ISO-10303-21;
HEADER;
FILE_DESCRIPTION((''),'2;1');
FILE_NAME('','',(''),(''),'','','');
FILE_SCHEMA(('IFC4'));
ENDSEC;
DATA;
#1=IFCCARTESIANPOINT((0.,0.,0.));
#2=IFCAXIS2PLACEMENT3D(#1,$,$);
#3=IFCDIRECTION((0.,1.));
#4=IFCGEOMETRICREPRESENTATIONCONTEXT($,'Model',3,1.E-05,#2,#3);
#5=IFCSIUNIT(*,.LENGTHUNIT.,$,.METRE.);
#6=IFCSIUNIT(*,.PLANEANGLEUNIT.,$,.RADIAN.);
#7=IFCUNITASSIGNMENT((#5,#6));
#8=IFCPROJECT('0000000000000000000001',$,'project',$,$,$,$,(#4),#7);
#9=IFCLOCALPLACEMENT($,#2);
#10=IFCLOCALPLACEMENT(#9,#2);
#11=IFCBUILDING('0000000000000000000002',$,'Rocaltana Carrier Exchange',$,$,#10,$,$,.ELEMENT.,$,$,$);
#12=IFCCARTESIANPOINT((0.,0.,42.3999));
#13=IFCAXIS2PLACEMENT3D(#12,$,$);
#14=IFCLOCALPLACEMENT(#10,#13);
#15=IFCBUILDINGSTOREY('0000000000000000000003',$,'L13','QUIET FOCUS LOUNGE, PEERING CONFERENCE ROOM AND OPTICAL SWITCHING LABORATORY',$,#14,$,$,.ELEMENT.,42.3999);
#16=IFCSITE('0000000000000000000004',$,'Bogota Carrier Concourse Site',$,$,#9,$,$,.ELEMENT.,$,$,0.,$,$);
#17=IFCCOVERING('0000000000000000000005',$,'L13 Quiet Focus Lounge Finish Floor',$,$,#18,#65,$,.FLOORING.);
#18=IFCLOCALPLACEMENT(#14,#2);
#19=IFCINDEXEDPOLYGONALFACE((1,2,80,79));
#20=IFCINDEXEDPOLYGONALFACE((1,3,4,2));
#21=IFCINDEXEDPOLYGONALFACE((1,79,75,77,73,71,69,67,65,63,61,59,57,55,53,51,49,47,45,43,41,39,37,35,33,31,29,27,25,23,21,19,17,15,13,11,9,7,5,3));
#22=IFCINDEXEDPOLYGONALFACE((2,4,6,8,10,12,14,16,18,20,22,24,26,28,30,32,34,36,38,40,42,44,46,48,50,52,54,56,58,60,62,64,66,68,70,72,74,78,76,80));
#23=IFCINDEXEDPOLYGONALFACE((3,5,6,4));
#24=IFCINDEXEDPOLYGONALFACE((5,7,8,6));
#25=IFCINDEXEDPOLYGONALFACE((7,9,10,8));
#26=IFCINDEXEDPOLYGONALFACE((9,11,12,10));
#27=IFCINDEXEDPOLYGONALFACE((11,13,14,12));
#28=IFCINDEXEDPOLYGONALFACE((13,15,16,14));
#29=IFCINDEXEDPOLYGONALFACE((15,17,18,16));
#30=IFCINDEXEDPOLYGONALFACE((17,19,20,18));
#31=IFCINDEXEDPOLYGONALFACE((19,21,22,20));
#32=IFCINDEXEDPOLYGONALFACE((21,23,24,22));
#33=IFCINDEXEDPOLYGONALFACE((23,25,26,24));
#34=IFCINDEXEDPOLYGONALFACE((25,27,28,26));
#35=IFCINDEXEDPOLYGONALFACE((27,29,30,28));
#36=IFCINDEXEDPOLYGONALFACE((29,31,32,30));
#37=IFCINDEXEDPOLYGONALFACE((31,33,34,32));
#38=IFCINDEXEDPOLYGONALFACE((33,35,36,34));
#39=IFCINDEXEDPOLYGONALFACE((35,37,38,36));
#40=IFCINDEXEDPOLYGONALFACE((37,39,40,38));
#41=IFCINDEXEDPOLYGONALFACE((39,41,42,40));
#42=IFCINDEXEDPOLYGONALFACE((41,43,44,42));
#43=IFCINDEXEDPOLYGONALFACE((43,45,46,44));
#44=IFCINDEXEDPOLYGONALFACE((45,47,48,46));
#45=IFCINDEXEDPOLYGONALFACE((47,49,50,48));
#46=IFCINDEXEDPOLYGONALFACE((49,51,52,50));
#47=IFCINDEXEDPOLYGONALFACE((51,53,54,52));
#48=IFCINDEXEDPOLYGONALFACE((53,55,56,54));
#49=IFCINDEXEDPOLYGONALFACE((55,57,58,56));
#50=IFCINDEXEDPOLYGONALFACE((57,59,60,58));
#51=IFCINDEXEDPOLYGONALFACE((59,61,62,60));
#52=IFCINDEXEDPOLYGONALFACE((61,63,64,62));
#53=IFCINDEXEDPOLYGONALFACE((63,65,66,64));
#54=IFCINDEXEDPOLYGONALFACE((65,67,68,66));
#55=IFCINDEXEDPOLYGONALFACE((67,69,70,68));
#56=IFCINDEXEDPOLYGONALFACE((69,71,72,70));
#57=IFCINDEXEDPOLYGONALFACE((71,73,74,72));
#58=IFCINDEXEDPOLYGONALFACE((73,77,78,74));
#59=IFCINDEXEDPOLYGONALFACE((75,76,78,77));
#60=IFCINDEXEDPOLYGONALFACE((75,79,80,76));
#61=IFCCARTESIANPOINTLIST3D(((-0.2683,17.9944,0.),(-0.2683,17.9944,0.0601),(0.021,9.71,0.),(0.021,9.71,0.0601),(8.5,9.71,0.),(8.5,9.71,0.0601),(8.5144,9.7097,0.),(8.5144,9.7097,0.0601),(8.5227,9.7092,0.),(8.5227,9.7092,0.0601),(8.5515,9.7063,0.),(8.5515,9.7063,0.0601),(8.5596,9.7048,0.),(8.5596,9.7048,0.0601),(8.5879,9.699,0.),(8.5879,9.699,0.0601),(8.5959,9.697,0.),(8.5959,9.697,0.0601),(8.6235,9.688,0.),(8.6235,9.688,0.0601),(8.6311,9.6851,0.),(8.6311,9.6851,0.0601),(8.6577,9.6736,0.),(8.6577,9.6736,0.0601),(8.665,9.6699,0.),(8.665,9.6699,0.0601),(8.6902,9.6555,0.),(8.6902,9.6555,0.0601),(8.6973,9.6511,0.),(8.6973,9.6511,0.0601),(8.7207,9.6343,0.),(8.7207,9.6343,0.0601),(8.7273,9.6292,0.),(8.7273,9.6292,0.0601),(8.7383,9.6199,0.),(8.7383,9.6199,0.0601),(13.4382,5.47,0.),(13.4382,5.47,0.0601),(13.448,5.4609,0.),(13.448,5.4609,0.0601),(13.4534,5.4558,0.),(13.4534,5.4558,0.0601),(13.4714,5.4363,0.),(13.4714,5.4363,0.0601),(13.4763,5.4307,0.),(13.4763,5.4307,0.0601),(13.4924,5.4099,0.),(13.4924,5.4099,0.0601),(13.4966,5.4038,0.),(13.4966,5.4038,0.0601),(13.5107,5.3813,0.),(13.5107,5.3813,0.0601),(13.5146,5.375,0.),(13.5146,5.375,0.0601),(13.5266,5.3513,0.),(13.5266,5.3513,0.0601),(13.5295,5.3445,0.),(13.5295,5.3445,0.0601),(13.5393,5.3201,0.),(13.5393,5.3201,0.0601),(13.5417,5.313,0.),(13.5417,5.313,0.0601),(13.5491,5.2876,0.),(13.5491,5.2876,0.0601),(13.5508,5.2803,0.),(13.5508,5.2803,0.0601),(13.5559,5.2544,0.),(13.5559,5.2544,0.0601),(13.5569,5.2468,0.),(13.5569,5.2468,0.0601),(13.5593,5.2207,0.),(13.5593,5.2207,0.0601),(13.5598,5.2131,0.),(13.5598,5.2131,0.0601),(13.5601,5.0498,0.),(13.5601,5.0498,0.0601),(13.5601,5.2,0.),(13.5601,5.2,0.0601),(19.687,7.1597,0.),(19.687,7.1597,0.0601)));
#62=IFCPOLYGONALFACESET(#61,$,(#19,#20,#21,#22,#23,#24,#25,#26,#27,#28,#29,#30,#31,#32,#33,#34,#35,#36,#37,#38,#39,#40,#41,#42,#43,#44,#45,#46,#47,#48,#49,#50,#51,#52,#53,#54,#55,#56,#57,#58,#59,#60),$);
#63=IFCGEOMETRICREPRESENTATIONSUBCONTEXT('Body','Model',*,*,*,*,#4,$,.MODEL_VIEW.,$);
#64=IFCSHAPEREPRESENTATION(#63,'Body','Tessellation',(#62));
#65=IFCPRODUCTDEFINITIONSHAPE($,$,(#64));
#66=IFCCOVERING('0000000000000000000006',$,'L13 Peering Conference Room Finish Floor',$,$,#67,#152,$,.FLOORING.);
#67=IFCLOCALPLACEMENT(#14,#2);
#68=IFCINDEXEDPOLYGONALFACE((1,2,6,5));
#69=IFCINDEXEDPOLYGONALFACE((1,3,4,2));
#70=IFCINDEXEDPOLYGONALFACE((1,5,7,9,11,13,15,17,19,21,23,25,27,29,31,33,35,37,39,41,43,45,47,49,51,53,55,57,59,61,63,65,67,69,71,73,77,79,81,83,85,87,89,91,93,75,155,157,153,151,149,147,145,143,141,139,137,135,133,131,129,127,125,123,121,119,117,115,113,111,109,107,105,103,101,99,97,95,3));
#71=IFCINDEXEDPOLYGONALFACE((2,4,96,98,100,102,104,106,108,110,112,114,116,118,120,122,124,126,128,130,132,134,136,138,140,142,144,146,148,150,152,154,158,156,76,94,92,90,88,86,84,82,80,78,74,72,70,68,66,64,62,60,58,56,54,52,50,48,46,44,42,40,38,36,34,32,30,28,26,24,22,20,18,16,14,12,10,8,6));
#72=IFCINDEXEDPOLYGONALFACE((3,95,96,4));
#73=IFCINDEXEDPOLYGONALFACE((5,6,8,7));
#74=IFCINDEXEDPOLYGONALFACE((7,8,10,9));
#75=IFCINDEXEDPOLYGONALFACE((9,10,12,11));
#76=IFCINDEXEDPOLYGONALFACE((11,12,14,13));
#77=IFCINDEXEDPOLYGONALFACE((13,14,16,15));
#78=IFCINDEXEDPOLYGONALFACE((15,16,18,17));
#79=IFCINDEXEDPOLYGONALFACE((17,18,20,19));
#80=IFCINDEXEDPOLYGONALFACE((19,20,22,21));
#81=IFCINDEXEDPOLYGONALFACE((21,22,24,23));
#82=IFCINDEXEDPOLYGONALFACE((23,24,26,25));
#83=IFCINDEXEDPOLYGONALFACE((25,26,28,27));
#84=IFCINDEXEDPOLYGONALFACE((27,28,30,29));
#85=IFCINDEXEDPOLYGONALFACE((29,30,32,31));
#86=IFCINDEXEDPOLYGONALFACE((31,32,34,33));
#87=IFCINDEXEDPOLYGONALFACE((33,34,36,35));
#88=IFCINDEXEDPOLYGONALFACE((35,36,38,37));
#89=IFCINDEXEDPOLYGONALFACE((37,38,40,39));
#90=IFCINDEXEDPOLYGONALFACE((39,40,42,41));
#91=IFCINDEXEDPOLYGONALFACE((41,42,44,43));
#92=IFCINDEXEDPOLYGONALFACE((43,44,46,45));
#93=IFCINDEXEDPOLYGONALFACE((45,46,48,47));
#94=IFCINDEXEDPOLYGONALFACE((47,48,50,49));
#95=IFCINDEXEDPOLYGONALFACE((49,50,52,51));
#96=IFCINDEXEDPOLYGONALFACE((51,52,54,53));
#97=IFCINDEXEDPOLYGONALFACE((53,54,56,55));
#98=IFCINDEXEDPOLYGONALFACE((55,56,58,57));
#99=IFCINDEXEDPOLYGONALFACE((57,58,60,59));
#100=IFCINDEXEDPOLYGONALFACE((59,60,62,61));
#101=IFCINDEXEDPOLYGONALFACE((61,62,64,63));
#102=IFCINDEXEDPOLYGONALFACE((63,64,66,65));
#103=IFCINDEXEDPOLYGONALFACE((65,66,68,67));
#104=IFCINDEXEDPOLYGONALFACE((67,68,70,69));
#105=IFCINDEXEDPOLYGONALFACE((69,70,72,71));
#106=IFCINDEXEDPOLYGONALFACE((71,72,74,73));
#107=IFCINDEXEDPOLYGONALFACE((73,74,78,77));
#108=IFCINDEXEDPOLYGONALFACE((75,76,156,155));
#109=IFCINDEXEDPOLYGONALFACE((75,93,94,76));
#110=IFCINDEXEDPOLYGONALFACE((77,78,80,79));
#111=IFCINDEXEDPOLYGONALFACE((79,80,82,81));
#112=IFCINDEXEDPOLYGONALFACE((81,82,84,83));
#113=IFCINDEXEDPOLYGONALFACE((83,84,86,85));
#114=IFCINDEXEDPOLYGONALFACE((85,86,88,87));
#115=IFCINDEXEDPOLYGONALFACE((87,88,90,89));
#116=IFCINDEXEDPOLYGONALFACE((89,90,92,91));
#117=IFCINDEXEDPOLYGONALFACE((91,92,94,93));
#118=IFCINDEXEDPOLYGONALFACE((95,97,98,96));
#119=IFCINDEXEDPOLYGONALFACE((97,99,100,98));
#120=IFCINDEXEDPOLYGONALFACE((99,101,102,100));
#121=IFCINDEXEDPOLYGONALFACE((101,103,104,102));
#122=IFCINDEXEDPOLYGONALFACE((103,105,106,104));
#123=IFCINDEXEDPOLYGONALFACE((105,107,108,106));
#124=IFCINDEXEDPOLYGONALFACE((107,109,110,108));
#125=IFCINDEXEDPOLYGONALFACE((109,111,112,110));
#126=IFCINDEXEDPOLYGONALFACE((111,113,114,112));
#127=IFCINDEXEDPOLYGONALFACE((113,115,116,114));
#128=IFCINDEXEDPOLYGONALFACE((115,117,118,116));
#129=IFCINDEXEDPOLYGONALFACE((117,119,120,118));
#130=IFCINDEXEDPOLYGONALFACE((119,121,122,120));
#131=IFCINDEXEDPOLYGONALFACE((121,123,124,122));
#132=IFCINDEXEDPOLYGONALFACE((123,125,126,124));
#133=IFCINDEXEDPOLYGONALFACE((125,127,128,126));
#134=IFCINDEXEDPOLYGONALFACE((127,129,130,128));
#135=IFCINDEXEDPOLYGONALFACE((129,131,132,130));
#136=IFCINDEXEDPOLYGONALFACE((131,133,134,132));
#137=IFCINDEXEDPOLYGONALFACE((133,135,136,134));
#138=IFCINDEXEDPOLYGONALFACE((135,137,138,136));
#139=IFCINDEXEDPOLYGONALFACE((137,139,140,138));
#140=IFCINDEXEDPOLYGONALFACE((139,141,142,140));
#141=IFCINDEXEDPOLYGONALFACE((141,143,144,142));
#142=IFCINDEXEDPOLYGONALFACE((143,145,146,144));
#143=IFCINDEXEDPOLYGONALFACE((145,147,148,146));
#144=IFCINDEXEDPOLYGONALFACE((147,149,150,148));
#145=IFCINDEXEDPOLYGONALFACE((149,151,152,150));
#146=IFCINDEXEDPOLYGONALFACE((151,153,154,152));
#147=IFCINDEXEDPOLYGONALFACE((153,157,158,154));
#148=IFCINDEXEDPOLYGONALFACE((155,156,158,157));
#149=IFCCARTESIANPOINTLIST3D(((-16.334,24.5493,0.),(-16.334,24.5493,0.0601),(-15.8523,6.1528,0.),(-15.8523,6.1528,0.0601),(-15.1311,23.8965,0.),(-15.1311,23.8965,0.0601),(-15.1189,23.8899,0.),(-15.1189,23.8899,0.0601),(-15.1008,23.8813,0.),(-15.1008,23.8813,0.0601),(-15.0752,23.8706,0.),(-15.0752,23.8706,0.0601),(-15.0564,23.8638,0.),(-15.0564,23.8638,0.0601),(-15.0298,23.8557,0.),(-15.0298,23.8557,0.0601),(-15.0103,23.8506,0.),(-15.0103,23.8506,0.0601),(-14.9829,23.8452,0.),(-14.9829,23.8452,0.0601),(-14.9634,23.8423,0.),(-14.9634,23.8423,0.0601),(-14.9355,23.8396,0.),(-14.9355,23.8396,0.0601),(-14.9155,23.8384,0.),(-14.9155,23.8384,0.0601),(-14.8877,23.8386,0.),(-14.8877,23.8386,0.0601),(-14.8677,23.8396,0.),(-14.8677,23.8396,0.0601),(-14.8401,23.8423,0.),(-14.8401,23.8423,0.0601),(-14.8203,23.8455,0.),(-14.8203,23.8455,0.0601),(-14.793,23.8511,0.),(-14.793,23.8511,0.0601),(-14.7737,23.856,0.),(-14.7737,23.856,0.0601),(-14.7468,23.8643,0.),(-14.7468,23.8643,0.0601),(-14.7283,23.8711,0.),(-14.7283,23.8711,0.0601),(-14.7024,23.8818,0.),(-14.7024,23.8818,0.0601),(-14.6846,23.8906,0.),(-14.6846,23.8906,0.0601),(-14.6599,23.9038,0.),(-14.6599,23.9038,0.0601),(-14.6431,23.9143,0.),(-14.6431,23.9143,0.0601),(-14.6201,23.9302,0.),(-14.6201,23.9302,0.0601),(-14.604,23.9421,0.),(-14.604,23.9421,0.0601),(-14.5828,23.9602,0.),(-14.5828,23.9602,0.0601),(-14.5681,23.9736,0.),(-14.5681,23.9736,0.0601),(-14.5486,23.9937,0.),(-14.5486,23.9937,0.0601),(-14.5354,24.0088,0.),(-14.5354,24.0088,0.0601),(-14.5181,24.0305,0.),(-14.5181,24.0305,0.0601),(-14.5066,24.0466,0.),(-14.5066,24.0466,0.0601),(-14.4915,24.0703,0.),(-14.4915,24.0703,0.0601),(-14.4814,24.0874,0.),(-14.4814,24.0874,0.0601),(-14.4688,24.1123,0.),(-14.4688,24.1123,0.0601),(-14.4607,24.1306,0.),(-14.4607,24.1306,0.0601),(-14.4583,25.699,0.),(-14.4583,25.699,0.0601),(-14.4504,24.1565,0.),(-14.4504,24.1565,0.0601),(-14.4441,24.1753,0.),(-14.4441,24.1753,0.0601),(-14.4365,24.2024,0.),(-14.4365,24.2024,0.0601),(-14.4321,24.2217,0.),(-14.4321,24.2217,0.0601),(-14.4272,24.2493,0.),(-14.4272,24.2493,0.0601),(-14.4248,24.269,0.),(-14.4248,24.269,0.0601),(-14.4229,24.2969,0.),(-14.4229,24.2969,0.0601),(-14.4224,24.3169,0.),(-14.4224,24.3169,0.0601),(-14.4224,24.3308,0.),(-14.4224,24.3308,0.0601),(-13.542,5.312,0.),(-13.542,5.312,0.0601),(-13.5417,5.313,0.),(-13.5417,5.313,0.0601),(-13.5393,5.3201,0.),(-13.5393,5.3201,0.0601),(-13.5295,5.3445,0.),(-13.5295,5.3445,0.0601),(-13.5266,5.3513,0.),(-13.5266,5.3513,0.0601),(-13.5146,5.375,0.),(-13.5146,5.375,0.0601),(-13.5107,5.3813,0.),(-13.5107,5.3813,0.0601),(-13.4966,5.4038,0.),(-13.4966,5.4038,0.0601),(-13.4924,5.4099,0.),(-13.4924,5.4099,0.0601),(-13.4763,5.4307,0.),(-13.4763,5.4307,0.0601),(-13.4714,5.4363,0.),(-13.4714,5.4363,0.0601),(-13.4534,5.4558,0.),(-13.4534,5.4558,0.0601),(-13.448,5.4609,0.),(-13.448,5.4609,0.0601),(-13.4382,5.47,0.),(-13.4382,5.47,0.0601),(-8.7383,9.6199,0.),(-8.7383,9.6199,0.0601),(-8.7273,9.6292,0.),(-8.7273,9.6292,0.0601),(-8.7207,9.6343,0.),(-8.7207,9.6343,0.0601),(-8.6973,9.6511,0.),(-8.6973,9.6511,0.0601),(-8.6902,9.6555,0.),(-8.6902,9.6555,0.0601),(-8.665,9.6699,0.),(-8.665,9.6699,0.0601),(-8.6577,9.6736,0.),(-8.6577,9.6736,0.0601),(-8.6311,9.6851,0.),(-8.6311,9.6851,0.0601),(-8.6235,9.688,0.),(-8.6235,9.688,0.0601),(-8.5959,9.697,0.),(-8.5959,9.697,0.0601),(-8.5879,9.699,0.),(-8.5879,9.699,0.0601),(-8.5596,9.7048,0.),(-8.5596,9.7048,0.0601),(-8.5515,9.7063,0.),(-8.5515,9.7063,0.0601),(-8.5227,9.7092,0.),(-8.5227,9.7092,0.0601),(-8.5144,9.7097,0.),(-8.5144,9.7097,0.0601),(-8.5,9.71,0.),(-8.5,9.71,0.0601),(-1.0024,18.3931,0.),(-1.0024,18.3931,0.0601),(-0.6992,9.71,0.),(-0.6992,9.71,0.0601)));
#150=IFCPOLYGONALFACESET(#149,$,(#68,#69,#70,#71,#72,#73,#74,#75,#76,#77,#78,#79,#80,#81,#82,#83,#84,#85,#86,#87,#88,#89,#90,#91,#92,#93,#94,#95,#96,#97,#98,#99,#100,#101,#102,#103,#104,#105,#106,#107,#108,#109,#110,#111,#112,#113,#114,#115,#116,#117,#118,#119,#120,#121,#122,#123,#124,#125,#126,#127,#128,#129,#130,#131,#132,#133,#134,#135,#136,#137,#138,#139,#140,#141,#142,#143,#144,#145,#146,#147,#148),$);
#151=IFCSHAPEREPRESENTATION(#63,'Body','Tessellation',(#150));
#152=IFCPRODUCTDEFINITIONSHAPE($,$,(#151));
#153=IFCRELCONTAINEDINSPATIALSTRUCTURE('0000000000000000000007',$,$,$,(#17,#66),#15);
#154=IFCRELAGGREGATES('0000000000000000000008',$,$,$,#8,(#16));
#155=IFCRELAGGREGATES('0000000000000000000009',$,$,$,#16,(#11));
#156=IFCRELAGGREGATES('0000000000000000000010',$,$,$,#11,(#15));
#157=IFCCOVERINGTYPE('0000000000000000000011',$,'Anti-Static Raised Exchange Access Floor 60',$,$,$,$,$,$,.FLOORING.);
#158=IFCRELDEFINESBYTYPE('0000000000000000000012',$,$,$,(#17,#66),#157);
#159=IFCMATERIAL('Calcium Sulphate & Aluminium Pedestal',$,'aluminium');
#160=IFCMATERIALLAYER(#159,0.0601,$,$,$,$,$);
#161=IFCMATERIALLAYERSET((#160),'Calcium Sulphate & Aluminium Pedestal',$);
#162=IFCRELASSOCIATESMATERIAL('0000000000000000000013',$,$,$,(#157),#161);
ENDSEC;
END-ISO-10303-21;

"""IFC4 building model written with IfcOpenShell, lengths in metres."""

from ifc_helpers import new_model, si_unit, direction, frame, origin, place, context, subcontext, project, spatial, polyline, outline, extrude, material, layer, layer_set, type_object, element, save


model = new_model("IFC4")

# Units and contexts
model_context = context("Model", 3, precision=1e-05, world=origin(), true_north=direction((0.0, 1.0)))
body_context = subcontext(model_context, "Body", "Model", "MODEL_VIEW")
ifc_project = project(units=[si_unit("LENGTHUNIT", "METRE"), si_unit("PLANEANGLEUNIT", "RADIAN")], contexts=[model_context])

# Site, building, storey
site_placement = place(None, origin())
site = spatial("IfcSite", under=ifc_project, at=site_placement, Name="Bogota Carrier Concourse Site", CompositionType="ELEMENT", RefElevation=0.0)
building_placement = place(site_placement, origin())
building = spatial("IfcBuilding", under=site, at=building_placement, Name="Rocaltana Carrier Exchange", CompositionType="ELEMENT")
storey_placement = place(building_placement, frame((0.0, 0.0, 42.3999)))
storey = spatial("IfcBuildingStorey", under=building, at=storey_placement, Name="L13", Description="QUIET FOCUS LOUNGE, PEERING CONFERENCE ROOM AND OPTICAL SWITCHING LABORATORY", CompositionType="ELEMENT", Elevation=42.3999)

# Coverings
ifc_material_1 = material(Name="Calcium Sulphate & Aluminium Pedestal", Category="aluminium")
ifc_layer_1 = layer(ifc_material_1, 0.0601)
ifc_layer_set_1 = layer_set([ifc_layer_1], Name="Calcium Sulphate & Aluminium Pedestal")
covering_type_1 = type_object("IfcCoveringType", Name="Anti-Static Raised Exchange Access Floor 60", PredefinedType="FLOORING", material=ifc_layer_set_1)
covering_1_placement = place(storey_placement, origin())
element("IfcCovering", 1, at=covering_1_placement, inside=storey, type_object=covering_type_1, Name="L13 Quiet Focus Lounge Finish Floor", PredefinedType="FLOORING", context=body_context, shape_type="SweptSolid", body=[
    extrude(outline(polyline([(19.687, 7.1597), (13.5601, 5.0498), (13.5601, 5.2), (13.5598, 5.2131), (13.5593, 5.2207), (13.5569, 5.2468), (13.5559, 5.2544), (13.5508, 5.2803), (13.5491, 5.2876), (13.5417, 5.313), (13.5393, 5.3201), (13.5295, 5.3445), (13.5266, 5.3513), (13.5146, 5.375), (13.5107, 5.3813), (13.4966, 5.4038), (13.4924, 5.4099), (13.4763, 5.4307), (13.4714, 5.4363), (13.4534, 5.4558), (13.448, 5.4609), (13.4382, 5.47), (8.7383, 9.6199), (8.7273, 9.6292), (8.7207, 9.6343), (8.6973, 9.6511), (8.6902, 9.6555), (8.665, 9.6699), (8.6577, 9.6736), (8.6311, 9.6851), (8.6235, 9.688), (8.5959, 9.697), (8.5879, 9.699), (8.5596, 9.7048), (8.5515, 9.7063), (8.5227, 9.7092), (8.5144, 9.7097), (8.5, 9.71), (0.021, 9.71), (-0.2683, 17.9944), (19.687, 7.1597)])), origin(), (0.0, 0.0, 1.0), 0.0601),
])
covering_2_placement = place(storey_placement, origin())
element("IfcCovering", 2, at=covering_2_placement, inside=storey, type_object=covering_type_1, Name="L13 Peering Conference Room Finish Floor", PredefinedType="FLOORING", context=body_context, shape_type="SweptSolid", body=[
    extrude(outline(polyline([(-16.334, 24.5493), (-15.1311, 23.8965), (-15.1189, 23.8899), (-15.1008, 23.8813), (-15.0752, 23.8706), (-15.0564, 23.8638), (-15.0298, 23.8557), (-15.0103, 23.8506), (-14.9829, 23.8452), (-14.9634, 23.8423), (-14.9355, 23.8396), (-14.9155, 23.8384), (-14.8877, 23.8386), (-14.8677, 23.8396), (-14.8401, 23.8423), (-14.8203, 23.8455), (-14.793, 23.8511), (-14.7737, 23.856), (-14.7468, 23.8643), (-14.7283, 23.8711), (-14.7024, 23.8818), (-14.6846, 23.8906), (-14.6599, 23.9038), (-14.6431, 23.9143), (-14.6201, 23.9302), (-14.604, 23.9421), (-14.5828, 23.9602), (-14.5681, 23.9736), (-14.5486, 23.9937), (-14.5354, 24.0088), (-14.5181, 24.0305), (-14.5066, 24.0466), (-14.4915, 24.0703), (-14.4814, 24.0874), (-14.4688, 24.1123), (-14.4607, 24.1306), (-14.4504, 24.1565), (-14.4441, 24.1753), (-14.4365, 24.2024), (-14.4321, 24.2217), (-14.4272, 24.2493), (-14.4248, 24.269), (-14.4229, 24.2969), (-14.4224, 24.3169), (-14.4224, 24.3308), (-14.4583, 25.699), (-1.0024, 18.3931), (-0.6992, 9.71), (-8.5, 9.71), (-8.5144, 9.7097), (-8.5227, 9.7092), (-8.5515, 9.7063), (-8.5596, 9.7048), (-8.5879, 9.699), (-8.5959, 9.697), (-8.6235, 9.688), (-8.6311, 9.6851), (-8.6577, 9.6736), (-8.665, 9.6699), (-8.6902, 9.6555), (-8.6973, 9.6511), (-8.7207, 9.6343), (-8.7273, 9.6292), (-8.7383, 9.6199), (-13.4382, 5.47), (-13.448, 5.4609), (-13.4534, 5.4558), (-13.4714, 5.4363), (-13.4763, 5.4307), (-13.4924, 5.4099), (-13.4966, 5.4038), (-13.5107, 5.3813), (-13.5146, 5.375), (-13.5266, 5.3513), (-13.5295, 5.3445), (-13.5393, 5.3201), (-13.5417, 5.313), (-13.542, 5.312), (-15.8523, 6.1528), (-16.334, 24.5493)])), origin(), (0.0, 0.0, 1.0), 0.0601),
])

save(model, "model.ifc")
